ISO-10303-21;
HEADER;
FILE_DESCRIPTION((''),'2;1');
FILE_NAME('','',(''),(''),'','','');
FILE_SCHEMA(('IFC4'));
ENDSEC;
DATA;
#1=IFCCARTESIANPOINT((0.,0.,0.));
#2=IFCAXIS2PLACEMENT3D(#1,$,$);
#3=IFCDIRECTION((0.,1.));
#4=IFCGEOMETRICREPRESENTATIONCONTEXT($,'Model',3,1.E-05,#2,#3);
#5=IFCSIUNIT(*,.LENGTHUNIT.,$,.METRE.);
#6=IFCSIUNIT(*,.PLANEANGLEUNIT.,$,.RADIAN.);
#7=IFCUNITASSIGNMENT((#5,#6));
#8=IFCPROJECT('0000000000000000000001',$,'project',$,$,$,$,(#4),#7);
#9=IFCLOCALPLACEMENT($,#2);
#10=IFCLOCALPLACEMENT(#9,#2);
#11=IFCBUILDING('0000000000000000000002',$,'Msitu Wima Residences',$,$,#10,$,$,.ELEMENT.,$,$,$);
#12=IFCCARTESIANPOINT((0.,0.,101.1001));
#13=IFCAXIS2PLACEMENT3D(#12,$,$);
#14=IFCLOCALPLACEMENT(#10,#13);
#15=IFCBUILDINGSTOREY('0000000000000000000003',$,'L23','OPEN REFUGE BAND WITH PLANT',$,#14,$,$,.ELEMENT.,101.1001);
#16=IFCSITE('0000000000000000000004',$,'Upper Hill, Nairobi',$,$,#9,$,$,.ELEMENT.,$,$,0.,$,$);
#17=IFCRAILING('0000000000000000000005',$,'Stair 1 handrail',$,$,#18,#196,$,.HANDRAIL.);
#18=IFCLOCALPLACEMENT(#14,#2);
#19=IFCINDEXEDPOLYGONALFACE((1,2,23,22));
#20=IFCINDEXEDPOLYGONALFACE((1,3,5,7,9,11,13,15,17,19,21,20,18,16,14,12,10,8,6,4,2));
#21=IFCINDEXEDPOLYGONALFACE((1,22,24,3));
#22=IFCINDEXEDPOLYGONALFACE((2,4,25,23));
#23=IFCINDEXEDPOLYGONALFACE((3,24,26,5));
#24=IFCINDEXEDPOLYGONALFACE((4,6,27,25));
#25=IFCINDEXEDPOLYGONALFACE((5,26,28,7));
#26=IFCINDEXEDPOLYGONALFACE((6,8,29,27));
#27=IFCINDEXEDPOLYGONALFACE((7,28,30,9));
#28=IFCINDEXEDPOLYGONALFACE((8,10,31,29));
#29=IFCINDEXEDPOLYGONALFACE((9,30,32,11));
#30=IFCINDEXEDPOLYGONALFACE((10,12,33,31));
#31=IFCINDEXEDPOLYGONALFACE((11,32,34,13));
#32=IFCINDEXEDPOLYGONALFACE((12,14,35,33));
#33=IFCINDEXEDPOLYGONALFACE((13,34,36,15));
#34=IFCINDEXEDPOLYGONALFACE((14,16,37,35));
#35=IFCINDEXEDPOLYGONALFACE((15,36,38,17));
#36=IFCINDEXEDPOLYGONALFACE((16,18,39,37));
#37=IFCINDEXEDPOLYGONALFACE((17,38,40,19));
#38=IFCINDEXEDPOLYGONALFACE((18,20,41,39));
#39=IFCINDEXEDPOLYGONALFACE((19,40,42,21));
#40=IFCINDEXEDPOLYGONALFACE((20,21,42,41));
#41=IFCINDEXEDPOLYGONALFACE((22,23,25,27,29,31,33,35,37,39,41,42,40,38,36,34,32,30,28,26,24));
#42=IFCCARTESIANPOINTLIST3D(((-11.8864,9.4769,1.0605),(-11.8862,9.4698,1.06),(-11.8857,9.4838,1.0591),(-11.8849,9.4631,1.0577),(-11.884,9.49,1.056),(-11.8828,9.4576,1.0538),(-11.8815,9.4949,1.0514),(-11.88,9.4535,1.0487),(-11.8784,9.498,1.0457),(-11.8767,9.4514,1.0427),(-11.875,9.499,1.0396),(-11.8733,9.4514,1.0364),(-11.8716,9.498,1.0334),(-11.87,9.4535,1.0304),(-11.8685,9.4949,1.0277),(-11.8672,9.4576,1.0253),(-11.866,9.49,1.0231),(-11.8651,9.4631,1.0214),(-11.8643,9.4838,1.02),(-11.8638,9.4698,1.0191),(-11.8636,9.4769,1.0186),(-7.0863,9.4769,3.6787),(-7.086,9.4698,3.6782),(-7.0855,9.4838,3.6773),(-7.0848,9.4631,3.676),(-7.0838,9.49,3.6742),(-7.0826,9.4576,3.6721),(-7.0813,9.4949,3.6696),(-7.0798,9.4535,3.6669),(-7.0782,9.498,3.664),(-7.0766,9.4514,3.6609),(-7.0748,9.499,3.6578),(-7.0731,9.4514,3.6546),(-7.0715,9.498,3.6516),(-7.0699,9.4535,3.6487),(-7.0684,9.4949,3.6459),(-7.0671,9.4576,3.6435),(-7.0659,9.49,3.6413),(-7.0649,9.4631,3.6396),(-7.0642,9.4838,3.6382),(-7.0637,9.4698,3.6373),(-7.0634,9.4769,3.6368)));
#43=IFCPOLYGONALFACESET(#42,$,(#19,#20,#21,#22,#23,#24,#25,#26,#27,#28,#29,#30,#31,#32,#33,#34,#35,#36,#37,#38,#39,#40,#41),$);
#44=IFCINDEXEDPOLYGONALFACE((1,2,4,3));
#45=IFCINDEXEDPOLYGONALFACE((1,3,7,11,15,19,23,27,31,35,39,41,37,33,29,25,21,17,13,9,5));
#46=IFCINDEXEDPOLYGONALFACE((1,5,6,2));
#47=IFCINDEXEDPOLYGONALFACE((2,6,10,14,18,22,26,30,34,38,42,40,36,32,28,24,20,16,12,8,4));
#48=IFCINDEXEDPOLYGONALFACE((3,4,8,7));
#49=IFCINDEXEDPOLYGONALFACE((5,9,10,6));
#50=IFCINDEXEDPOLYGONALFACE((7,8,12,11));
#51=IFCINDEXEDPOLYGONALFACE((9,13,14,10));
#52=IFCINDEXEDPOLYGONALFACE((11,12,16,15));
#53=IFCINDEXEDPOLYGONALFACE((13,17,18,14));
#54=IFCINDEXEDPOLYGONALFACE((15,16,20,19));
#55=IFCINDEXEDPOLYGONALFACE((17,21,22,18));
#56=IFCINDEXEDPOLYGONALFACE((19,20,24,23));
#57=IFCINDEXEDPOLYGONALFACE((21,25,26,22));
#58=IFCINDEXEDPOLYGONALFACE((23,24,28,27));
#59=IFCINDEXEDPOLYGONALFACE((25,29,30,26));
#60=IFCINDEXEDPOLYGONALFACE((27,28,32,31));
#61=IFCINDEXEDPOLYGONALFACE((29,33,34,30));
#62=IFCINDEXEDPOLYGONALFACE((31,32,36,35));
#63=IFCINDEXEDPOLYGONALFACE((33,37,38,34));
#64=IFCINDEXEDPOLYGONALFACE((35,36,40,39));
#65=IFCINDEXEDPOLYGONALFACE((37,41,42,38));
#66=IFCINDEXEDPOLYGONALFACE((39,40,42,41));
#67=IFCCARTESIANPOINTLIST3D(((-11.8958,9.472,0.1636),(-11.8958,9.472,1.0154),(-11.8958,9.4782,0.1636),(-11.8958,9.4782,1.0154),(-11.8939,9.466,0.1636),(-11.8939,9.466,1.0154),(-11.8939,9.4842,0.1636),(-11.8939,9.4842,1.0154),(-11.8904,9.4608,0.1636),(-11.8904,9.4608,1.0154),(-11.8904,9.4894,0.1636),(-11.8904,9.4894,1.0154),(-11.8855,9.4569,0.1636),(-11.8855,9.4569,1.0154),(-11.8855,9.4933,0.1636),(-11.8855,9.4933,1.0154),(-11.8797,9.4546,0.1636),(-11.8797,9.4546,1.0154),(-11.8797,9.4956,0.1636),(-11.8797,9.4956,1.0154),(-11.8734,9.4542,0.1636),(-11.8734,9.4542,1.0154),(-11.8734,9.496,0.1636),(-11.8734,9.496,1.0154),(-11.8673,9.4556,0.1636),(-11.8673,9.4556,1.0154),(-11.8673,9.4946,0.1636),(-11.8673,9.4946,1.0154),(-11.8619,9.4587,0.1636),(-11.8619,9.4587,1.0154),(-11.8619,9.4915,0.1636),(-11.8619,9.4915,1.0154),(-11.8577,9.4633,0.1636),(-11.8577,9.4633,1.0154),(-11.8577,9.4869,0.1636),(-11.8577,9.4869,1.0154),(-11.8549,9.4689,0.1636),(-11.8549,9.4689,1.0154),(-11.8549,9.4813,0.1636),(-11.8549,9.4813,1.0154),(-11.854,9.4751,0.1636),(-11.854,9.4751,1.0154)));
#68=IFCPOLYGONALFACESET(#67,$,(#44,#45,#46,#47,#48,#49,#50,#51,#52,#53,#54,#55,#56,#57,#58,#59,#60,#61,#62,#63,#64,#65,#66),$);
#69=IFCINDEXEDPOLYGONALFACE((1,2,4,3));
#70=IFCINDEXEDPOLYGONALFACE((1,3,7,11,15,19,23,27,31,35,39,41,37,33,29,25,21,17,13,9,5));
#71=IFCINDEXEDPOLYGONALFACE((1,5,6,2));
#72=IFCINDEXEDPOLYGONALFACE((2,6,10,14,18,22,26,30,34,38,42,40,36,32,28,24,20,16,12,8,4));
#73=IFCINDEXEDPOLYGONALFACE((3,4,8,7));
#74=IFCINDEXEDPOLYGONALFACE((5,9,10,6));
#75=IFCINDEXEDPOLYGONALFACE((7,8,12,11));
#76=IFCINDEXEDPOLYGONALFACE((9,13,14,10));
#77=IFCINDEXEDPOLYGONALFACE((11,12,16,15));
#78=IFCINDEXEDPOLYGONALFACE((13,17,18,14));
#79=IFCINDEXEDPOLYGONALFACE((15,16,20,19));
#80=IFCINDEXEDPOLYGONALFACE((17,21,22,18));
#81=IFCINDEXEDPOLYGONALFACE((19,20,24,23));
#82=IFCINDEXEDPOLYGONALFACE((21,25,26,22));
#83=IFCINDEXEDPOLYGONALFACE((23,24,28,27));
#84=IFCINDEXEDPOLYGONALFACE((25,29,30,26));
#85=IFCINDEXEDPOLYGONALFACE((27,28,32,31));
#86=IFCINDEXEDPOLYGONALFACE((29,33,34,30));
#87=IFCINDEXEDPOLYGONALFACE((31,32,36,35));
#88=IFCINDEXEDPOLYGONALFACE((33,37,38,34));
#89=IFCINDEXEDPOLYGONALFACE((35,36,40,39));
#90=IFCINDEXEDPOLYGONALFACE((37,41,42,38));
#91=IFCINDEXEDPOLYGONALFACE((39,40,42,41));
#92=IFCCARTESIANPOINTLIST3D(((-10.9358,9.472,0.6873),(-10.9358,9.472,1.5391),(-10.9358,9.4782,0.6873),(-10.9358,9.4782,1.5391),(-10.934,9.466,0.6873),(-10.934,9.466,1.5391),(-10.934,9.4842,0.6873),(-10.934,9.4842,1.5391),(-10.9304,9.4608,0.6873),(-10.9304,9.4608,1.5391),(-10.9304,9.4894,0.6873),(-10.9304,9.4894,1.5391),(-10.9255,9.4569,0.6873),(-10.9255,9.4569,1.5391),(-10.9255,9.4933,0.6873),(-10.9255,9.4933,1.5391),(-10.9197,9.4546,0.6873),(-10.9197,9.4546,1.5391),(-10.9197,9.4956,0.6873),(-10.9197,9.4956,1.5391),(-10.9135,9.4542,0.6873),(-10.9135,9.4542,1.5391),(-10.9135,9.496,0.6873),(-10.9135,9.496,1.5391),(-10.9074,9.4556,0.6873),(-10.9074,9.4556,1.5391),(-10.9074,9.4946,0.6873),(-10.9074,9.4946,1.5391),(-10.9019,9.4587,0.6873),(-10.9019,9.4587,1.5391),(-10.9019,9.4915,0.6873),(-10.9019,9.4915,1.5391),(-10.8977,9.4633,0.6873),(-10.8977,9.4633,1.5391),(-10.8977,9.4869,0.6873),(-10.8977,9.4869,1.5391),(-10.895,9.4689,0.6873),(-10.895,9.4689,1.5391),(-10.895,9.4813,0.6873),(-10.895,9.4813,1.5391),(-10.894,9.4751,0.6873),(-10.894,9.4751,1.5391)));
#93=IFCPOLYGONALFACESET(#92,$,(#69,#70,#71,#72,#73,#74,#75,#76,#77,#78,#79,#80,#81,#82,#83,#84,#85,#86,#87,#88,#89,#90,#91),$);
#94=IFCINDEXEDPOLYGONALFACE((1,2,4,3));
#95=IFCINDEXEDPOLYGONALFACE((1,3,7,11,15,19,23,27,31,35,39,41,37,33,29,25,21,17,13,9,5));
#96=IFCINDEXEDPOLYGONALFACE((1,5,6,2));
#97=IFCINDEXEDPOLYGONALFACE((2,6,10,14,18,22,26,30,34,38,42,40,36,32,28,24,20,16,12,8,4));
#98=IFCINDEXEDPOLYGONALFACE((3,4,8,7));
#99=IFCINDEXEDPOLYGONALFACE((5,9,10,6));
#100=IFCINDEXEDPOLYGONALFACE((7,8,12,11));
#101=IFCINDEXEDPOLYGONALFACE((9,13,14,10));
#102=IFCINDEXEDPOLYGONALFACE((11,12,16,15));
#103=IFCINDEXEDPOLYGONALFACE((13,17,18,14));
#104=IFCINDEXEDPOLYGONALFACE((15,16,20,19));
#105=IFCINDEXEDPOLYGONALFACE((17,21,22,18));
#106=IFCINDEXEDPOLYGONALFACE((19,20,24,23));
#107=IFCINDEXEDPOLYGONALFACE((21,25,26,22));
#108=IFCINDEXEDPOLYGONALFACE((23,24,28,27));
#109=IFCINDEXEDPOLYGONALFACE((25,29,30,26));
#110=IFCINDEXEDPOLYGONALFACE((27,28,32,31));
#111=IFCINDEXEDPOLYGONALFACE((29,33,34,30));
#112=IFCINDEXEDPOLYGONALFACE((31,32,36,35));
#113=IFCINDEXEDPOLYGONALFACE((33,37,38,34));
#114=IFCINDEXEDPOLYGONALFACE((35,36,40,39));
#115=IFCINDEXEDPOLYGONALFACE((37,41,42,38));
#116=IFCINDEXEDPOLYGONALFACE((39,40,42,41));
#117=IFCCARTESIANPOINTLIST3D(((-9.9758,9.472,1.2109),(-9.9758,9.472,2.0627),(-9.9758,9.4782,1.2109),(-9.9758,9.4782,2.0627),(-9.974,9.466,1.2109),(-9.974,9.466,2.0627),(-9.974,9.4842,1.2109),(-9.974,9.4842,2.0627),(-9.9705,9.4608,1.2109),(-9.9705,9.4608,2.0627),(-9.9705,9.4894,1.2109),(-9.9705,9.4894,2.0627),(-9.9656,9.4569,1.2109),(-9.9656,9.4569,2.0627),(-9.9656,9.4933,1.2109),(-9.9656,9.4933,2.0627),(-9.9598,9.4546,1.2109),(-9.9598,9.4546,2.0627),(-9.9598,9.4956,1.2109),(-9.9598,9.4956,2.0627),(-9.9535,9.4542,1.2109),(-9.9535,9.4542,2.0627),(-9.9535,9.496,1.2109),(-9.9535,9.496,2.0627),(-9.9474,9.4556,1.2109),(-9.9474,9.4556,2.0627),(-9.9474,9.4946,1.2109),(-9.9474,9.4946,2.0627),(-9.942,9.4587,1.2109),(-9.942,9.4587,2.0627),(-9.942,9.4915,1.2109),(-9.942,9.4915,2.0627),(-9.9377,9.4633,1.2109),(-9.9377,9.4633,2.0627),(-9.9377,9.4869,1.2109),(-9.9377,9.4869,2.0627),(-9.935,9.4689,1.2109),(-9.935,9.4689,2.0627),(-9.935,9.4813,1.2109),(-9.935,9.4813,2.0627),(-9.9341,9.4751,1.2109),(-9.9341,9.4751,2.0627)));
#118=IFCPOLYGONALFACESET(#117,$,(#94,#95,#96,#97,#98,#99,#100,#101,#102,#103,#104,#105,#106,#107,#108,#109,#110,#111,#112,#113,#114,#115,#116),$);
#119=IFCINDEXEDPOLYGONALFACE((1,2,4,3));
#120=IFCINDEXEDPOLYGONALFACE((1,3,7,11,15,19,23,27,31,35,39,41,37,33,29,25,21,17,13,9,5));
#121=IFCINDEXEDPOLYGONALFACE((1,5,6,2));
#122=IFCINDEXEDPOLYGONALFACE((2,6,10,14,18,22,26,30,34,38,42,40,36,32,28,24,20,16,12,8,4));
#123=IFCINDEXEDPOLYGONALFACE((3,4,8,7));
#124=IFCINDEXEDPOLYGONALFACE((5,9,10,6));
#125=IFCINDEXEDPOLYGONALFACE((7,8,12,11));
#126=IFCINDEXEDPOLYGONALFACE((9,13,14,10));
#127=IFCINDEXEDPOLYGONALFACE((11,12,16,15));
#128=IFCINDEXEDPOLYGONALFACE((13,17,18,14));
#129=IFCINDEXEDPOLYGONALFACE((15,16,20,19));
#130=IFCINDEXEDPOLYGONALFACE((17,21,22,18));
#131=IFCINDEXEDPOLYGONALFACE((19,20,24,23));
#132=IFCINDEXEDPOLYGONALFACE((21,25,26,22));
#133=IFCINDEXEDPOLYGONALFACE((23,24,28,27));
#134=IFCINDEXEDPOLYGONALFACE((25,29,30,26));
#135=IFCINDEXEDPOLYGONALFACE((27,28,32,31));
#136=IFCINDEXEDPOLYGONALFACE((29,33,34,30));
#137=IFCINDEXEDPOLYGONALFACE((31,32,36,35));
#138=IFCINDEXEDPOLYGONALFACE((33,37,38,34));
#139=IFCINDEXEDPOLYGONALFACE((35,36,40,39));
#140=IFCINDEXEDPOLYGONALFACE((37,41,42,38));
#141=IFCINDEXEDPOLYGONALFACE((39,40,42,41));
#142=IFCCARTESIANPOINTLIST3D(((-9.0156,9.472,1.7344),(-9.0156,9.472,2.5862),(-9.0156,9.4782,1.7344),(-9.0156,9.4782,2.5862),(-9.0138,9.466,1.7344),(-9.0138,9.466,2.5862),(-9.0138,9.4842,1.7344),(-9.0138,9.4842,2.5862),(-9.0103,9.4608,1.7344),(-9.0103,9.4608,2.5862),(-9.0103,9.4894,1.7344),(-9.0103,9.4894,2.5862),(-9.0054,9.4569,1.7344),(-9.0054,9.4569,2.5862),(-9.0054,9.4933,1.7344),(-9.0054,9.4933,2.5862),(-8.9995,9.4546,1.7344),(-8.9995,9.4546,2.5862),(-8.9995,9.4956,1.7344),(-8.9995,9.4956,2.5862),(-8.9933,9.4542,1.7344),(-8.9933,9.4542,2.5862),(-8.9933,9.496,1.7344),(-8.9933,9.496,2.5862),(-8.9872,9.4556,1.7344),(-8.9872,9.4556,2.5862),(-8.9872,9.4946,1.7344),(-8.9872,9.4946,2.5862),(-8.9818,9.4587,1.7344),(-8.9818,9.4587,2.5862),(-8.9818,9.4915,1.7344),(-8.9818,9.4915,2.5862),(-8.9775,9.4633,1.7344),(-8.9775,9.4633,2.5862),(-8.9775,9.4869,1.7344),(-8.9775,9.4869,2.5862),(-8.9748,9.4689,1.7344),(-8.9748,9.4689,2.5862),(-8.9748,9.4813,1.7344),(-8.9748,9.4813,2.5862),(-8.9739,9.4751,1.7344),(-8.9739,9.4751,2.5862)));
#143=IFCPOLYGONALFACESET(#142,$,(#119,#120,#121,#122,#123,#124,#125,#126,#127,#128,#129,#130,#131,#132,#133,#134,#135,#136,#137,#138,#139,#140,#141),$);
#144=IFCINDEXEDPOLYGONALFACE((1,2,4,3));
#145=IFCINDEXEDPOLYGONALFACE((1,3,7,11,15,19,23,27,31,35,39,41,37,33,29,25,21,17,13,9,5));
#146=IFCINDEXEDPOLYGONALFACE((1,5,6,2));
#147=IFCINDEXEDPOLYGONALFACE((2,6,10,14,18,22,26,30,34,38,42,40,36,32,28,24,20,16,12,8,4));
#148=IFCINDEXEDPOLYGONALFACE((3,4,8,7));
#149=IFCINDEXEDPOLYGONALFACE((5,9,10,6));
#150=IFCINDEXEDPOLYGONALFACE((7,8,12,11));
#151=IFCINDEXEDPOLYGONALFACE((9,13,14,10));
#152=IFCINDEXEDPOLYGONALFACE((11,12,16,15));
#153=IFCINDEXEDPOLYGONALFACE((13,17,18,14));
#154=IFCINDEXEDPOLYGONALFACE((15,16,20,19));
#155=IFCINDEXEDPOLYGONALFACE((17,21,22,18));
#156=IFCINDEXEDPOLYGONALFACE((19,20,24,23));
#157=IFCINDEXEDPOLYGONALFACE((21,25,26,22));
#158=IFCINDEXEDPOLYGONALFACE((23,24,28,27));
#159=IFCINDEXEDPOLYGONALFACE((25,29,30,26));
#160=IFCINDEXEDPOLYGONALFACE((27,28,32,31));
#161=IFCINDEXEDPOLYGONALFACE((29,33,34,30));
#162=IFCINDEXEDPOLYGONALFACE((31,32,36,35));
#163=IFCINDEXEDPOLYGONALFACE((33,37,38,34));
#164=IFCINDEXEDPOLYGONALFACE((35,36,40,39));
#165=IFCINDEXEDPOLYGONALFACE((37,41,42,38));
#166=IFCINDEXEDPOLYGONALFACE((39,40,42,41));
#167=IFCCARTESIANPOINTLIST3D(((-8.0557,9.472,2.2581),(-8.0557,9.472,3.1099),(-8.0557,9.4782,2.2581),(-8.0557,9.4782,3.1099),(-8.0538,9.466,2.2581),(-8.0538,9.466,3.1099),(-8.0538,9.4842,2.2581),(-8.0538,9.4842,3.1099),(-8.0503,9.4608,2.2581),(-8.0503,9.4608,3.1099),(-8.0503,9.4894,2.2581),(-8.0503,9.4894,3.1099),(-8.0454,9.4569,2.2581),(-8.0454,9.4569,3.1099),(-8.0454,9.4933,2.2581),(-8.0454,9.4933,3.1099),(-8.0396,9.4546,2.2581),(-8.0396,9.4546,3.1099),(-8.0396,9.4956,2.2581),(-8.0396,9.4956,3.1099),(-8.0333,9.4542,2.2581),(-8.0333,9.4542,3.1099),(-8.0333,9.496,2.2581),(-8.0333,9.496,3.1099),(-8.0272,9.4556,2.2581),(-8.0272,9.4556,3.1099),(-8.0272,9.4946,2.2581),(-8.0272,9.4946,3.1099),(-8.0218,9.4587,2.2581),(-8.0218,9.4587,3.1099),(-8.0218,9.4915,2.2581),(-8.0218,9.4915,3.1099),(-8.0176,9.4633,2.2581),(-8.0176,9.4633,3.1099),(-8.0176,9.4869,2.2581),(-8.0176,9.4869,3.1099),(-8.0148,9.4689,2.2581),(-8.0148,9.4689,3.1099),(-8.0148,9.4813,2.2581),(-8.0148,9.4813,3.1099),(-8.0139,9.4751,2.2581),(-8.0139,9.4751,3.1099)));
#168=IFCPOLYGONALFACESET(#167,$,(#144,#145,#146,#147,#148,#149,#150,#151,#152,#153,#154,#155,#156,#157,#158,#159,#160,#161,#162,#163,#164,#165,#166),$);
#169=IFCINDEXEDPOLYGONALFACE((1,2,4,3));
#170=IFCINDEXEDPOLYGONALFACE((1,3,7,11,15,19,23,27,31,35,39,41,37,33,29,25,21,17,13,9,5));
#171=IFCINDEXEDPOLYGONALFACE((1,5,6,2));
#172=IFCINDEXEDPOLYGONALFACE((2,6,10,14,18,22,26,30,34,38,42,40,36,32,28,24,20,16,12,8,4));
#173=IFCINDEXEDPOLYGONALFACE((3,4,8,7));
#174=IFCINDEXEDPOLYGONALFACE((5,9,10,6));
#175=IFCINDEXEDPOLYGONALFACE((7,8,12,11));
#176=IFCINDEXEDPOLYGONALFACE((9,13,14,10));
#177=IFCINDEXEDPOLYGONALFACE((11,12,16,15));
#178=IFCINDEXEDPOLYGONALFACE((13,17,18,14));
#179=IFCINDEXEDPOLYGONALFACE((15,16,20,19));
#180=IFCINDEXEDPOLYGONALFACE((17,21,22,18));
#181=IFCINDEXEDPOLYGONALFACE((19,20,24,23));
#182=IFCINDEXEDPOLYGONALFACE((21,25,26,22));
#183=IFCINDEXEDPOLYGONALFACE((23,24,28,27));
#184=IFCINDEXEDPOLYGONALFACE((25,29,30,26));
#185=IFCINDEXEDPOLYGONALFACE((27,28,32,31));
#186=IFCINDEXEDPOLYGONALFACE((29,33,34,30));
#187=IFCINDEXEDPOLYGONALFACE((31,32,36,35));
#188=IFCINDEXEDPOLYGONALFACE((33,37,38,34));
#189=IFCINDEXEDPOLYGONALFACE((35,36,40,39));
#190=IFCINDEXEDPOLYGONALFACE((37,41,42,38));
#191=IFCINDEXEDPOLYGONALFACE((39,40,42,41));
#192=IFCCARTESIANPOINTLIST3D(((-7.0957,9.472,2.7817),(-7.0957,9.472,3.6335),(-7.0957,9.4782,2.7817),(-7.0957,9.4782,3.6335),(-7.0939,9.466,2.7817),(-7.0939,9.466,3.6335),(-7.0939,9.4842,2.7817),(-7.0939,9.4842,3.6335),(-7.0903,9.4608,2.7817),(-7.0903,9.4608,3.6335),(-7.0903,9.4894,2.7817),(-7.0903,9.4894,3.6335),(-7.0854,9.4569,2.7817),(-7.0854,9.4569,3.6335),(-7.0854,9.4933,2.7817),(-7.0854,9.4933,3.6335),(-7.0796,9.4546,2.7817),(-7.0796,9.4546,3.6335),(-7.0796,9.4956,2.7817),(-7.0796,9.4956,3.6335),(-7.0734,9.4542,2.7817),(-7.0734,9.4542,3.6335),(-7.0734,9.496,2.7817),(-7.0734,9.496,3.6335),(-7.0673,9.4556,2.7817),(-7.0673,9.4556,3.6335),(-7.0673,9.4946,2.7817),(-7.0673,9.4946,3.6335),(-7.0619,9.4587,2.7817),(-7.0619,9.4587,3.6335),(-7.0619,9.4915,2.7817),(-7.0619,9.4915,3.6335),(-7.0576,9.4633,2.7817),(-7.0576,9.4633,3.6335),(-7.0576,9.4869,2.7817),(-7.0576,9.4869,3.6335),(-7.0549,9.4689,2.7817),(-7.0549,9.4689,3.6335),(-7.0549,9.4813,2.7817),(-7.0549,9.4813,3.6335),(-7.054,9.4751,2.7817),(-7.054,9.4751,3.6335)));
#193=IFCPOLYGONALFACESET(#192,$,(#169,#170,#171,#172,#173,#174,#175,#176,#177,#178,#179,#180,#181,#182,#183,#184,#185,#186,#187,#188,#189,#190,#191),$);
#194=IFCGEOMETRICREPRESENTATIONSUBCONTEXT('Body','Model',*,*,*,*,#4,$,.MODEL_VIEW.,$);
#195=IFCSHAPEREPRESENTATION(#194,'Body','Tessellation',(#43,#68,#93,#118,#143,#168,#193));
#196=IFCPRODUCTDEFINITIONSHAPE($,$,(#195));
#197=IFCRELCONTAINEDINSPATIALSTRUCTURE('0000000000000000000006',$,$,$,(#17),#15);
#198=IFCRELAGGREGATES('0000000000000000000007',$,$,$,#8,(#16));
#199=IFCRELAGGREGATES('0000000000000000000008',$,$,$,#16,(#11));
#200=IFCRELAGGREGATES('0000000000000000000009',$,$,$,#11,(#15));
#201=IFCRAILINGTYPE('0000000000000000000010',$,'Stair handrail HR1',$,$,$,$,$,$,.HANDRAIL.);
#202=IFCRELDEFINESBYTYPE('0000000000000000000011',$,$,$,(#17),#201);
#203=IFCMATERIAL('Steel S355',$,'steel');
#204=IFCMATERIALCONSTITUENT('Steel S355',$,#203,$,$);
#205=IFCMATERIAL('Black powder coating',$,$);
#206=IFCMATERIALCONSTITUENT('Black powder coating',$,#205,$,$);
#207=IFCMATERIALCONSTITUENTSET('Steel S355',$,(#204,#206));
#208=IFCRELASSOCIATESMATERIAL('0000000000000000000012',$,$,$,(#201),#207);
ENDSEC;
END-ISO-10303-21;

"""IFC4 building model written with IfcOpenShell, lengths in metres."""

from ifc_helpers import new_model, si_unit, direction, frame, origin, origin_2d, place, context, subcontext, project, spatial, circle, extrude, material, constituent, constituent_set, type_object, element, save


model = new_model("IFC4")

# Units and contexts
model_context = context("Model", 3, precision=1e-05, world=origin(), true_north=direction((0.0, 1.0)))
body_context = subcontext(model_context, "Body", "Model", "MODEL_VIEW")
ifc_project = project(units=[si_unit("LENGTHUNIT", "METRE"), si_unit("PLANEANGLEUNIT", "RADIAN")], contexts=[model_context])

# Site, building, storey
site_placement = place(None, origin())
site = spatial("IfcSite", under=ifc_project, at=site_placement, Name="Upper Hill, Nairobi", CompositionType="ELEMENT", RefElevation=0.0)
building_placement = place(site_placement, origin())
building = spatial("IfcBuilding", under=site, at=building_placement, Name="Msitu Wima Residences", CompositionType="ELEMENT")
storey_placement = place(building_placement, frame((0.0, 0.0, 101.1001)))
storey = spatial("IfcBuildingStorey", under=building, at=storey_placement, Name="L23", Description="OPEN REFUGE BAND WITH PLANT", CompositionType="ELEMENT", Elevation=101.1001)

# Railing
ifc_material_1 = material(Name="Steel S355", Category="steel")
ifc_constituent_1 = constituent(ifc_material_1, Name="Steel S355")
ifc_material_2 = material(Name="Black powder coating")
ifc_constituent_2 = constituent(ifc_material_2, Name="Black powder coating")
ifc_constituent_set = constituent_set(constituents=[ifc_constituent_1, ifc_constituent_2], Name="Steel S355")
railing_type = type_object("IfcRailingType", Name="Stair handrail HR1", PredefinedType="HANDRAIL", material=ifc_constituent_set)
railing_placement = place(storey_placement, frame((-11.875, 9.4751, 0.1636)))
element("IfcRailing", 1, at=railing_placement, inside=storey, type_object=railing_type, Name="Stair 1 handrail", PredefinedType="HANDRAIL", context=body_context, shape_type="SweptSolid", body=[
    extrude(circle(Radius=0.0239, at=origin_2d()), frame((0.0, 0.0, 0.876), z_axis=(0.877899, 0.0, 0.478846), x_axis=(0.0, 1.0, 0.0)), (0.0, 0.0, 1.0), 5.4678),
    extrude(circle(Radius=0.021, at=origin_2d()), origin(), (0.0, 0.0, 1.0), 0.8518),
    extrude(circle(Radius=0.021, at=origin_2d()), frame((0.96, 0.0, 0.5237)), (0.0, 0.0, 1.0), 0.8518),
    extrude(circle(Radius=0.021, at=origin_2d()), frame((1.9199, 0.0, 1.0474)), (0.0, 0.0, 1.0), 0.8518),
    extrude(circle(Radius=0.021, at=origin_2d()), frame((2.8801, 0.0, 1.5708)), (0.0, 0.0, 1.0), 0.8518),
    extrude(circle(Radius=0.021, at=origin_2d()), frame((3.8401, 0.0, 2.0945)), (0.0, 0.0, 1.0), 0.8518),
    extrude(circle(Radius=0.021, at=origin_2d()), frame((4.8, 0.0, 2.6182)), (0.0, 0.0, 1.0), 0.8518),
])

save(model, "model.ifc")
